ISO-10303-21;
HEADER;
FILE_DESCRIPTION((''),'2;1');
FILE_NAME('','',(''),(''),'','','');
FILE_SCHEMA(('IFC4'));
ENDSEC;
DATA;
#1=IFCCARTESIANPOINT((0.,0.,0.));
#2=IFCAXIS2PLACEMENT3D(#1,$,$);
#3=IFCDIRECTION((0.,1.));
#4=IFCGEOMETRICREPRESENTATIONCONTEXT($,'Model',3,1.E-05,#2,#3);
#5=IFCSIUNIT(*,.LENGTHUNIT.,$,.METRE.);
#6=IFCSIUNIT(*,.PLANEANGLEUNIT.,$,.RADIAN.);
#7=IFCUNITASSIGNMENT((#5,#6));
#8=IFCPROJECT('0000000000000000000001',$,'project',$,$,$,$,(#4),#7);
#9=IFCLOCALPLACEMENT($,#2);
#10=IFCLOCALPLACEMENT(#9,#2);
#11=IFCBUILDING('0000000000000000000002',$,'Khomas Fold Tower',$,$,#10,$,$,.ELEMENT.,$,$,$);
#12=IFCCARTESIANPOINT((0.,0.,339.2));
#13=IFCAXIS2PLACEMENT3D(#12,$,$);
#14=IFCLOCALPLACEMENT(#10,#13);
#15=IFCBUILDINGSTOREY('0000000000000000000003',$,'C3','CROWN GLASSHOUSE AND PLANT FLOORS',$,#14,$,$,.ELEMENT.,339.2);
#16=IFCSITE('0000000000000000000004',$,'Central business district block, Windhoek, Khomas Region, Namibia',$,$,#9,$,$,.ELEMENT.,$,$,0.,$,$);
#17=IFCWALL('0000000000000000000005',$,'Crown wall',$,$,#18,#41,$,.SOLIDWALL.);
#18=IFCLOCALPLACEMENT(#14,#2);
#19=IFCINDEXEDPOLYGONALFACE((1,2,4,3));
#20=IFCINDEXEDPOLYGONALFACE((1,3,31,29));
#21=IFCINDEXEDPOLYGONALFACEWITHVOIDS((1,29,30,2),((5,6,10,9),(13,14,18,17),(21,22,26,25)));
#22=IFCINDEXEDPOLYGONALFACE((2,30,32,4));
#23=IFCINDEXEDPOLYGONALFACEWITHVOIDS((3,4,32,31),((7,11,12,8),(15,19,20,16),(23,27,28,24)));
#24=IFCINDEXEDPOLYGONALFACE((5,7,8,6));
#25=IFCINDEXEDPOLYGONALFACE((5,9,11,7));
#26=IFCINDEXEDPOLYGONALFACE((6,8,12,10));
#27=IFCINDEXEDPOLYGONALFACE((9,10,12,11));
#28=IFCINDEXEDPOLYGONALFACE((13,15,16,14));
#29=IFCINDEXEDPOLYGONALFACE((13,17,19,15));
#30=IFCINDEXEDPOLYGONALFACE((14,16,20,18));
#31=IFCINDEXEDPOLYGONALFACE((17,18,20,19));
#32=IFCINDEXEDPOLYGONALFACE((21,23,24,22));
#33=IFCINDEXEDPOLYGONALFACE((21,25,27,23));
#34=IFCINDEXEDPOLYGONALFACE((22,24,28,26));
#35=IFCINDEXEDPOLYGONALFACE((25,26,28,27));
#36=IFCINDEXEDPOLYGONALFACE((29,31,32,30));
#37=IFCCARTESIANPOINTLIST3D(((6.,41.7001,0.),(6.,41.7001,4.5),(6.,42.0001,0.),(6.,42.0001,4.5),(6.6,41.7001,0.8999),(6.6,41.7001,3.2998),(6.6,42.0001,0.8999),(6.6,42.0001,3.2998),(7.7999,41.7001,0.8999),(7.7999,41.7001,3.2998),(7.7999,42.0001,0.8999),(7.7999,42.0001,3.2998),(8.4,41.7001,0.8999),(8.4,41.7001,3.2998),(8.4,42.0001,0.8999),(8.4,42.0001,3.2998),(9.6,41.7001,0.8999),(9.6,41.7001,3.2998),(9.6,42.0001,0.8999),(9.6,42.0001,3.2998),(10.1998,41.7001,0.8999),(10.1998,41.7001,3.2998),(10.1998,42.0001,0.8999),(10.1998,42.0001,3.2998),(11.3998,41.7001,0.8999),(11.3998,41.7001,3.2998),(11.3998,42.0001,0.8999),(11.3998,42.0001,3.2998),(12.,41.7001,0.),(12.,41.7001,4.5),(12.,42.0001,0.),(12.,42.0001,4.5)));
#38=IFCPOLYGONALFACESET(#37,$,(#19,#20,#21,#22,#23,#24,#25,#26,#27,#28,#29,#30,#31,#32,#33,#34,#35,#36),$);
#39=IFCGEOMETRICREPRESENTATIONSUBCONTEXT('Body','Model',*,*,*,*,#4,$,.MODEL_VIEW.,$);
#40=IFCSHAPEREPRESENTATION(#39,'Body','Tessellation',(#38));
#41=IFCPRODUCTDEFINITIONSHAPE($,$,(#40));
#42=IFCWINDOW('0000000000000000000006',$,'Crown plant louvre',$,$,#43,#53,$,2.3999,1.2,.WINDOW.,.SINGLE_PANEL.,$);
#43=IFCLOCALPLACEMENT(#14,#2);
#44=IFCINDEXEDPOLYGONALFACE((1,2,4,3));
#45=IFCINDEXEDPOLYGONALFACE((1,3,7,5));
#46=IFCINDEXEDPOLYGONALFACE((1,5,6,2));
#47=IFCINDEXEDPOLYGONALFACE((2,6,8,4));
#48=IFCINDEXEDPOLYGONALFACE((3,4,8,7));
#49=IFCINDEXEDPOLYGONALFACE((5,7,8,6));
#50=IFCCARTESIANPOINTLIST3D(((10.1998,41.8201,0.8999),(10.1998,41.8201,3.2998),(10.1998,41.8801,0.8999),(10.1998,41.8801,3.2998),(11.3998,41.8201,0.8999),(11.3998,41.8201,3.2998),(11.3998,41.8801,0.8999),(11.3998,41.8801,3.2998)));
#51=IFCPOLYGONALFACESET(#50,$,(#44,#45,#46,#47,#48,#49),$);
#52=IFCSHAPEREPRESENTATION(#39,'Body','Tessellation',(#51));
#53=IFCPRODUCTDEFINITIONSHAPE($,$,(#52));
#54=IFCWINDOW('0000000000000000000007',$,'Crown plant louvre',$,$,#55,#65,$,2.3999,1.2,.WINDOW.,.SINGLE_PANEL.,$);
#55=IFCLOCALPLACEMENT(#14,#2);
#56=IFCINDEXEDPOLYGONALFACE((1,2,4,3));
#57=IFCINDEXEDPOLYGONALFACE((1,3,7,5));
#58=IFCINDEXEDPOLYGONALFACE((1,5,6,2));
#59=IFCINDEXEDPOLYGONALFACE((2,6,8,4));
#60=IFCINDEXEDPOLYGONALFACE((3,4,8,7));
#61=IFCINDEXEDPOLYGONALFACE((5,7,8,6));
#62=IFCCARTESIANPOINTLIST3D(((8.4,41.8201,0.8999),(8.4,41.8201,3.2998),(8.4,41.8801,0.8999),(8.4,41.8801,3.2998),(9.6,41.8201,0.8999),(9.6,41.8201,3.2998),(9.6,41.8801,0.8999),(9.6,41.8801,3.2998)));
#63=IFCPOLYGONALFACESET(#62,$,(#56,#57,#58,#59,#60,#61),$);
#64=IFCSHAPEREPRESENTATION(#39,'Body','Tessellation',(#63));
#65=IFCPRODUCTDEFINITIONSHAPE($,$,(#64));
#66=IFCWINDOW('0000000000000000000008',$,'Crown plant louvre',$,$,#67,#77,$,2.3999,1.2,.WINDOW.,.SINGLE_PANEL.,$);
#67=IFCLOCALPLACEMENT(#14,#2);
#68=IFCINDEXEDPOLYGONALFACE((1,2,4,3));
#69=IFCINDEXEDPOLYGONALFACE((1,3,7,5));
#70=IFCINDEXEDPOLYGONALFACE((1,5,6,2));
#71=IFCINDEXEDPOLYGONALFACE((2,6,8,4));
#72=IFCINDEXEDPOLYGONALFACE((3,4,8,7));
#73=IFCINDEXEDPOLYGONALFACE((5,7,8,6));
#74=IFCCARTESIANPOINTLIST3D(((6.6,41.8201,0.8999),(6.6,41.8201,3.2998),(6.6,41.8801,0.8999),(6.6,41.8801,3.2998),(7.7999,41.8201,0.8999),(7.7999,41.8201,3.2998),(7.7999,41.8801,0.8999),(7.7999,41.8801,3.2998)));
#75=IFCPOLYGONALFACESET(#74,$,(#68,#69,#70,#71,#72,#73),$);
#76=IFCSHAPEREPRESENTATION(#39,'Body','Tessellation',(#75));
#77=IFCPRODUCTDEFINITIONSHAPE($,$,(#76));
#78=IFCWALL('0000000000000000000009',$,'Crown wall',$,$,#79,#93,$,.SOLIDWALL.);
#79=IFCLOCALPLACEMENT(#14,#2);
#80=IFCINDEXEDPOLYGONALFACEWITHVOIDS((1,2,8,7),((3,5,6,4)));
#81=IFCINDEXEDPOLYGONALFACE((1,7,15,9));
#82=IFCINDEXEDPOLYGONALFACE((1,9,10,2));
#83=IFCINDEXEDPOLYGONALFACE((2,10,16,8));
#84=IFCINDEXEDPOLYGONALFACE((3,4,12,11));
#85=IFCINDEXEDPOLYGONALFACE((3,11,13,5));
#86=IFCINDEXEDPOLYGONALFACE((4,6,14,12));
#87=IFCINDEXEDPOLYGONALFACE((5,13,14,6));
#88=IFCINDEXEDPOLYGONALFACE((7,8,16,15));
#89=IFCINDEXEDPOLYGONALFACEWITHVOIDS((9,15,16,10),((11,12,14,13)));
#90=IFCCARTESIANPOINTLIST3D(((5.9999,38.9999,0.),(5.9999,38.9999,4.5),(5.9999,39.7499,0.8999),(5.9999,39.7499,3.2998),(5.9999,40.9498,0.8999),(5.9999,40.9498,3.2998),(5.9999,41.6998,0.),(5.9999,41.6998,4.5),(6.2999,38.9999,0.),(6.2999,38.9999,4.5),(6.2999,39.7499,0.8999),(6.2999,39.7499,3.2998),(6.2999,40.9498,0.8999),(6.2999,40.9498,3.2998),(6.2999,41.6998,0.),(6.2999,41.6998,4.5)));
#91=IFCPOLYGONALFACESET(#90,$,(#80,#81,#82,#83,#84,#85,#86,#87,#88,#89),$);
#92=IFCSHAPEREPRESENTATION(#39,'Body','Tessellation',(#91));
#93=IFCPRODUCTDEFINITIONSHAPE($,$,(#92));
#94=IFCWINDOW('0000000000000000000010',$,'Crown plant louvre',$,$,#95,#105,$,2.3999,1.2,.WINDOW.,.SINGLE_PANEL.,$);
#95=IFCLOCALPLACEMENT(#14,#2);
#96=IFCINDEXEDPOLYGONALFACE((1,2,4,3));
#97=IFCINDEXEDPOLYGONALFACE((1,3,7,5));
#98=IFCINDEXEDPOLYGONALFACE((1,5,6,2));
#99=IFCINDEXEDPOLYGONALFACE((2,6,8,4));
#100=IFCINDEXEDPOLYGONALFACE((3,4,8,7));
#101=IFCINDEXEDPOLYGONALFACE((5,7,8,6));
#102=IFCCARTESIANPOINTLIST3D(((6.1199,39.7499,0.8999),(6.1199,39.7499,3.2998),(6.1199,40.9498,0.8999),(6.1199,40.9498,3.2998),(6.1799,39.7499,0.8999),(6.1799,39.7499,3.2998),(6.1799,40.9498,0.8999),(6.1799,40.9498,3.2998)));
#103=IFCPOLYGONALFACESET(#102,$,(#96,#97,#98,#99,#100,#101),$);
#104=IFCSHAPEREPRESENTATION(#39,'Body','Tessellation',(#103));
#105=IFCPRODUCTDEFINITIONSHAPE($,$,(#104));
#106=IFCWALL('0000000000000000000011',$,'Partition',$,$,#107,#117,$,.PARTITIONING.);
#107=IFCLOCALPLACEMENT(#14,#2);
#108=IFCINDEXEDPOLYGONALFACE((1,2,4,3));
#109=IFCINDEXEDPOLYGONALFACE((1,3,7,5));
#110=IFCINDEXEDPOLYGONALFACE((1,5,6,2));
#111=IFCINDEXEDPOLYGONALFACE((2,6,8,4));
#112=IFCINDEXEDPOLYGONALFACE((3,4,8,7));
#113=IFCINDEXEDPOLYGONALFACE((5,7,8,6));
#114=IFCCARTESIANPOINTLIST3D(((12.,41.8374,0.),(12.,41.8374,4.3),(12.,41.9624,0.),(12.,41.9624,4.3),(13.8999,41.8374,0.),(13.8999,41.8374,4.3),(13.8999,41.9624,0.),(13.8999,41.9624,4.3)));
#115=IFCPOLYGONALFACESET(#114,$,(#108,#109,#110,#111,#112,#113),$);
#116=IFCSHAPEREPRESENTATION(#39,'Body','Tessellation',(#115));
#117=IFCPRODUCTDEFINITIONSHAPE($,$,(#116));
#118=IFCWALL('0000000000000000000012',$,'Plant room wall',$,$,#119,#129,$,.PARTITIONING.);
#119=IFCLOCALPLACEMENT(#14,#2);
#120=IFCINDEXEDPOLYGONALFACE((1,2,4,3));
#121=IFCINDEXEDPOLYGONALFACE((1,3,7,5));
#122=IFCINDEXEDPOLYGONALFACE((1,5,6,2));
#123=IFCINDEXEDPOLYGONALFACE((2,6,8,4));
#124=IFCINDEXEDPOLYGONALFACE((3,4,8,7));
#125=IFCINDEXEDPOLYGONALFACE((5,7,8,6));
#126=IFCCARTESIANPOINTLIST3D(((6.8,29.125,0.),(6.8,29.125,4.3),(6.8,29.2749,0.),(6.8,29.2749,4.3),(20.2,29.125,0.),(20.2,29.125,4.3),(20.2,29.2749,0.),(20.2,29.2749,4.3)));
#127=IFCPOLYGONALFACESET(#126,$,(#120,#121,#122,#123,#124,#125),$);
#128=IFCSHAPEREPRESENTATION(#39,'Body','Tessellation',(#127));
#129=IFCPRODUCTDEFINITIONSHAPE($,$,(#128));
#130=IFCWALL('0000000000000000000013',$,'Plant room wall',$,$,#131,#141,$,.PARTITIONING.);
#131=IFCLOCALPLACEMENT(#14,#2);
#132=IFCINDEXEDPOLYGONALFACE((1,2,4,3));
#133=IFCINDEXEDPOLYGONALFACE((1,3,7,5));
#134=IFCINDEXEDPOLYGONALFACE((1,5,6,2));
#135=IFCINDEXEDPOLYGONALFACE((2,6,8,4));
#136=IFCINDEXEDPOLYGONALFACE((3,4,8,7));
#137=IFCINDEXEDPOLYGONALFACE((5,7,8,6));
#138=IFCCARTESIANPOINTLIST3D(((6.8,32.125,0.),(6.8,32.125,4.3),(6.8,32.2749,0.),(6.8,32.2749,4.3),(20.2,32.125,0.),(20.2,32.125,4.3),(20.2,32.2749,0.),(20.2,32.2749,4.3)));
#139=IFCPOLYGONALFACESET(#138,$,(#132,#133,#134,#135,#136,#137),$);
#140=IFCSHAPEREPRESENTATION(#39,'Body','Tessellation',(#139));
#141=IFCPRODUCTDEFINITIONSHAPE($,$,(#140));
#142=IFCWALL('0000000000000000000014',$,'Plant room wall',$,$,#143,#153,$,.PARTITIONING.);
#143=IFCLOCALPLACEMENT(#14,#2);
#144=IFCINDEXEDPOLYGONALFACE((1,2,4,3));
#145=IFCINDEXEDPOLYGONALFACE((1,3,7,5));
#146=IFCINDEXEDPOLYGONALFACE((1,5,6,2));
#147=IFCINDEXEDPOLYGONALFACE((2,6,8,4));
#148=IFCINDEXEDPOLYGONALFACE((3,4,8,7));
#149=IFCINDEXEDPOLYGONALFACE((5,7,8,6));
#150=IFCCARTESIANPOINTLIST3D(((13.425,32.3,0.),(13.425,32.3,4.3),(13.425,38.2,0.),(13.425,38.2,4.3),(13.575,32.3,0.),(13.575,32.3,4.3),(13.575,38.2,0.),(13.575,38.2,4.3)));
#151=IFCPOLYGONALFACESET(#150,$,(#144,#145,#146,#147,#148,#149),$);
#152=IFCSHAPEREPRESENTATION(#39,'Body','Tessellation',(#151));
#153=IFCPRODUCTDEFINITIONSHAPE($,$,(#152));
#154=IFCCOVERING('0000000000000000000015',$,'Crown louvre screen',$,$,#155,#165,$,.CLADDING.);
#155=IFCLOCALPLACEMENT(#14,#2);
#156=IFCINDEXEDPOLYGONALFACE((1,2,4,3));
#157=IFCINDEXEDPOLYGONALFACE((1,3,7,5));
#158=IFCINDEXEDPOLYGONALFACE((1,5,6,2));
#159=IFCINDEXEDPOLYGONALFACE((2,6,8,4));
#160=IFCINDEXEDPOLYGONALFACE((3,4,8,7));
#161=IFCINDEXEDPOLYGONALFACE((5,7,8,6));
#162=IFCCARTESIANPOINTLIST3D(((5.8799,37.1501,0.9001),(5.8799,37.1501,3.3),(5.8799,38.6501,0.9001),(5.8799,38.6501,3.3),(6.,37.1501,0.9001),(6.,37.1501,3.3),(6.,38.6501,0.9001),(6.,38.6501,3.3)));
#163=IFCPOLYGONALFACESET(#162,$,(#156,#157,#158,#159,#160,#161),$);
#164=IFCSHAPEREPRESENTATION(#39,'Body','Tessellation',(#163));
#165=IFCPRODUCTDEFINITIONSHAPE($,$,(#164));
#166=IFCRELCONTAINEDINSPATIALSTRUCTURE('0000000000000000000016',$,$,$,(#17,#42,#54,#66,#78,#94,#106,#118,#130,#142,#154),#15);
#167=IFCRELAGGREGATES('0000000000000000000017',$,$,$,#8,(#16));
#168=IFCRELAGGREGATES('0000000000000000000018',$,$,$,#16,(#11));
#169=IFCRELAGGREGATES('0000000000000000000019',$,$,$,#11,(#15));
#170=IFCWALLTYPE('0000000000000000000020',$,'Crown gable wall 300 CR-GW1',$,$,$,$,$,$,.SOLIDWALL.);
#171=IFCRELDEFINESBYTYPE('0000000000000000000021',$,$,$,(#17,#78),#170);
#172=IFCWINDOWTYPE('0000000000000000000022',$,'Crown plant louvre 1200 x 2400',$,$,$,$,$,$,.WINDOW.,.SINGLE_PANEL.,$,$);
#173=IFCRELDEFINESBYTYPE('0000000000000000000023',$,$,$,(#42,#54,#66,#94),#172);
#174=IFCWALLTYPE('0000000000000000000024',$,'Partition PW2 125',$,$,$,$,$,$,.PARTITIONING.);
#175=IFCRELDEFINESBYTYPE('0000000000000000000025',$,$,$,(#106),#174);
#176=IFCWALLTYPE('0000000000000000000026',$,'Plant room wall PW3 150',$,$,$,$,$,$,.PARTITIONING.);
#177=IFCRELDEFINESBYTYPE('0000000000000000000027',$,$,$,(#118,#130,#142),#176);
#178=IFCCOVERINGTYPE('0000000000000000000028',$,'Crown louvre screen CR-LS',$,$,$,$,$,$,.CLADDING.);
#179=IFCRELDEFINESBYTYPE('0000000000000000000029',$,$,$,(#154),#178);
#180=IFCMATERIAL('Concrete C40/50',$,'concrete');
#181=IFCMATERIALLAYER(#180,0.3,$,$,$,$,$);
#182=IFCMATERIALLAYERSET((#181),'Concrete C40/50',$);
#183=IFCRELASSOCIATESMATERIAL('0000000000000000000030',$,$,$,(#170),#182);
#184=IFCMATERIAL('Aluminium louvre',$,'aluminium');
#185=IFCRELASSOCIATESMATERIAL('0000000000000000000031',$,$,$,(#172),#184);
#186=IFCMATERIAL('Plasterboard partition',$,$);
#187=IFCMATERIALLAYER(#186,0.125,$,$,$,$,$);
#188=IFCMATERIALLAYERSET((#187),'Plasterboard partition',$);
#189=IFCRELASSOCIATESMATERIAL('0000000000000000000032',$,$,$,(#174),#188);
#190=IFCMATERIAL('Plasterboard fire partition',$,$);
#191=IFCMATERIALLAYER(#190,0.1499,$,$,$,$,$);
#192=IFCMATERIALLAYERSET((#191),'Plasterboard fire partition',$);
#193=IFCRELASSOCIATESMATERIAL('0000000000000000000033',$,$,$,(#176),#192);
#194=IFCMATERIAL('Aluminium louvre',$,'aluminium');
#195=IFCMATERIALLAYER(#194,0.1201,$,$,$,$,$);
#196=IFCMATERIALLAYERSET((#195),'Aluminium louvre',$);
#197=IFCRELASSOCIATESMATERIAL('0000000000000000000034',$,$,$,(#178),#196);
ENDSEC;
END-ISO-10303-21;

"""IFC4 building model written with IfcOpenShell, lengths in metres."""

from ifc_helpers import new_model, si_unit, direction, frame, frame_2d, origin, origin_2d, place, context, subcontext, project, spatial, rectangle, extrude, source, transform, mapped, material, layer, layer_set, type_object, element, fill, save


model = new_model("IFC4")

# Units and contexts
model_context = context("Model", 3, precision=1e-05, world=origin(), true_north=direction((0.0, 1.0)))
body_context = subcontext(model_context, "Body", "Model", "MODEL_VIEW")
ifc_project = project(units=[si_unit("LENGTHUNIT", "METRE"), si_unit("PLANEANGLEUNIT", "RADIAN")], contexts=[model_context])

# Site, building, storey
site_placement = place(None, origin())
site = spatial("IfcSite", under=ifc_project, at=site_placement, Name="Central business district block, Windhoek, Khomas Region, Namibia", CompositionType="ELEMENT", RefElevation=0.0)
building_placement = place(site_placement, origin())
building = spatial("IfcBuilding", under=site, at=building_placement, Name="Khomas Fold Tower", CompositionType="ELEMENT")
storey_placement = place(building_placement, frame((0.0, 0.0, 339.2)))
storey = spatial("IfcBuildingStorey", under=building, at=storey_placement, Name="C3", Description="CROWN GLASSHOUSE AND PLANT FLOORS", CompositionType="ELEMENT", Elevation=339.2)

# Wall, openings, windows
ifc_material_1 = material(Name="Concrete C40/50", Category="concrete")
ifc_layer_1 = layer(ifc_material_1, 0.3)
ifc_layer_set_1 = layer_set([ifc_layer_1], Name="Concrete C40/50")
wall_type_1 = type_object("IfcWallType", Name="Crown gable wall 300 CR-GW1", PredefinedType="SOLIDWALL", material=ifc_layer_set_1)
shared_shape_1 = source(origin(), body_context, "Body", "SweptSolid", [
    extrude(rectangle(XDim=6.0, YDim=0.3, at=frame_2d((3.0, 0.0))), origin(), (0.0, 0.0, 1.0), 4.5),
])
wall_1_placement = place(storey_placement, frame((12.0, 41.8501, 0.0), z_axis=(0.0, 0.0, 1.0), x_axis=(-1.0, 0.0, 0.0)))
wall_1 = element("IfcWall", 1, at=wall_1_placement, inside=storey, type_object=wall_type_1, Name="Crown wall", PredefinedType="SOLIDWALL", context=body_context, shape_type="MappedRepresentation", body=[
    mapped(shared_shape_1, transform((0.0, 0.0, 0.0))),
])
shared_shape_2 = source(origin(), body_context, "Body", "SweptSolid", [
    extrude(rectangle(XDim=1.2, YDim=2.3999, at=frame_2d((0.6001, 1.2))), frame((0.0, 0.1599, 0.0), z_axis=(0.0, -1.0, 0.0), x_axis=(1.0, 0.0, 0.0)), (0.0, 0.0, 1.0), 0.3201),
])
opening_1_placement = place(wall_1_placement, frame((0.6001, 0.0, 0.8999)))
opening_1 = element("IfcOpeningElement", 2, at=opening_1_placement, cuts=wall_1, PredefinedType="OPENING", context=body_context, shape_type="MappedRepresentation", body=[
    mapped(shared_shape_2, transform((0.0, 0.0, 0.0))),
])
opening_2_placement = place(wall_1_placement, frame((2.3999, 0.0, 0.8999)))
opening_2 = element("IfcOpeningElement", 3, at=opening_2_placement, cuts=wall_1, PredefinedType="OPENING", context=body_context, shape_type="MappedRepresentation", body=[
    mapped(shared_shape_2, transform((0.0, 0.0, 0.0))),
])
opening_3_placement = place(wall_1_placement, frame((4.2, 0.0, 0.8999)))
opening_3 = element("IfcOpeningElement", 4, at=opening_3_placement, cuts=wall_1, PredefinedType="OPENING", context=body_context, shape_type="MappedRepresentation", body=[
    mapped(shared_shape_2, transform((0.0, 0.0, 0.0))),
])
ifc_material_2 = material(Name="Aluminium louvre", Category="aluminium")
window_type = type_object("IfcWindowType", Name="Crown plant louvre 1200 x 2400", PartitioningType="SINGLE_PANEL", PredefinedType="WINDOW", material=ifc_material_2)
shared_shape_3 = source(origin(), body_context, "Body", "SweptSolid", [
    extrude(rectangle(XDim=1.2, YDim=2.3999, at=frame_2d((0.6001, 1.2))), frame((0.0, 0.03, 0.0), z_axis=(0.0, -1.0, 0.0), x_axis=(1.0, 0.0, 0.0)), (0.0, 0.0, 1.0), 0.0601),
])
window_1_placement = place(opening_1_placement, origin())
window_1 = element("IfcWindow", 5, at=window_1_placement, inside=storey, type_object=window_type, Name="Crown plant louvre", OverallHeight=2.3999, OverallWidth=1.2, PartitioningType="SINGLE_PANEL", PredefinedType="WINDOW", context=body_context, shape_type="MappedRepresentation", body=[
    mapped(shared_shape_3, transform((0.0, 0.0, 0.0))),
])
fill(opening_1, window_1)
window_2_placement = place(opening_2_placement, origin())
window_2 = element("IfcWindow", 6, at=window_2_placement, inside=storey, type_object=window_type, Name="Crown plant louvre", OverallHeight=2.3999, OverallWidth=1.2, PartitioningType="SINGLE_PANEL", PredefinedType="WINDOW", context=body_context, shape_type="MappedRepresentation", body=[
    mapped(shared_shape_3, transform((0.0, 0.0, 0.0))),
])
fill(opening_2, window_2)
window_3_placement = place(opening_3_placement, origin())
window_3 = element("IfcWindow", 7, at=window_3_placement, inside=storey, type_object=window_type, Name="Crown plant louvre", OverallHeight=2.3999, OverallWidth=1.2, PartitioningType="SINGLE_PANEL", PredefinedType="WINDOW", context=body_context, shape_type="MappedRepresentation", body=[
    mapped(shared_shape_3, transform((0.0, 0.0, 0.0))),
])
fill(opening_3, window_3)

# Wall, opening, window
shared_shape_4 = source(origin(), body_context, "Body", "SweptSolid", [
    extrude(rectangle(XDim=2.7, YDim=0.3, at=frame_2d((1.3501, 0.0))), origin(), (0.0, 0.0, 1.0), 4.5),
])
wall_2_placement = place(storey_placement, frame((6.1499, 41.7, 0.0), z_axis=(0.0, 0.0, 1.0), x_axis=(0.0, -1.0, 0.0)))
wall_2 = element("IfcWall", 8, at=wall_2_placement, inside=storey, type_object=wall_type_1, Name="Crown wall", PredefinedType="SOLIDWALL", context=body_context, shape_type="MappedRepresentation", body=[
    mapped(shared_shape_4, transform((0.0, 0.0, 0.0))),
])
opening_4_placement = place(wall_2_placement, frame((0.75, 0.0, 0.8999)))
opening_4 = element("IfcOpeningElement", 9, at=opening_4_placement, cuts=wall_2, PredefinedType="OPENING", context=body_context, shape_type="MappedRepresentation", body=[
    mapped(shared_shape_2, transform((0.0, 0.0, 0.0))),
])
window_4_placement = place(opening_4_placement, origin())
window_4 = element("IfcWindow", 10, at=window_4_placement, inside=storey, type_object=window_type, Name="Crown plant louvre", OverallHeight=2.3999, OverallWidth=1.2, PartitioningType="SINGLE_PANEL", PredefinedType="WINDOW", context=body_context, shape_type="MappedRepresentation", body=[
    mapped(shared_shape_3, transform((0.0, 0.0, 0.0))),
])
fill(opening_4, window_4)

# Walls
ifc_material_3 = material(Name="Plasterboard partition")
ifc_layer_2 = layer(ifc_material_3, 0.125)
ifc_layer_set_2 = layer_set([ifc_layer_2], Name="Plasterboard partition")
wall_type_2 = type_object("IfcWallType", Name="Partition PW2 125", PredefinedType="PARTITIONING", material=ifc_layer_set_2)
shared_shape_5 = source(origin(), body_context, "Body", "SweptSolid", [
    extrude(rectangle(XDim=1.8999, YDim=0.125, at=frame_2d((0.95, 0.0))), origin(), (0.0, 0.0, 1.0), 4.3),
])
wall_3_placement = place(storey_placement, frame((12.0, 41.8999, 0.0), z_axis=(0.0, 0.0, 1.0), x_axis=(1.0, 0.0, 0.0)))
element("IfcWall", 11, at=wall_3_placement, inside=storey, type_object=wall_type_2, Name="Partition", PredefinedType="PARTITIONING", context=body_context, shape_type="MappedRepresentation", body=[
    mapped(shared_shape_5, transform((0.0, 0.0, 0.0))),
])
ifc_material_4 = material(Name="Plasterboard fire partition")
ifc_layer_3 = layer(ifc_material_4, 0.1499)
ifc_layer_set_3 = layer_set([ifc_layer_3], Name="Plasterboard fire partition")
wall_type_3 = type_object("IfcWallType", Name="Plant room wall PW3 150", PredefinedType="PARTITIONING", material=ifc_layer_set_3)
shared_shape_6 = source(origin(), body_context, "Body", "SweptSolid", [
    extrude(rectangle(XDim=13.3999, YDim=0.1499, at=frame_2d((6.7, 0.0))), origin(), (0.0, 0.0, 1.0), 4.3),
])
for number, where, z_axis, x_axis, name in (
    (12, (6.8, 29.2, 0.0), (0.0, 0.0, 1.0), (1.0, 0.0, 0.0), "Plant room wall"),
    (13, (6.8, 32.2, 0.0), (0.0, 0.0, 1.0), (1.0, 0.0, 0.0), "Plant room wall"),
):
    element("IfcWall", number, at=place(storey_placement, frame(where, z_axis=z_axis, x_axis=x_axis)), inside=storey, type_object=wall_type_3, Name=name, PredefinedType="PARTITIONING", context=body_context, shape_type="MappedRepresentation", body=[
        mapped(shared_shape_6, transform((0.0, 0.0, 0.0))),
    ])
shared_shape_7 = source(origin(), body_context, "Body", "SweptSolid", [
    extrude(rectangle(XDim=5.8999, YDim=0.1499, at=frame_2d((2.95, 0.0))), origin(), (0.0, 0.0, 1.0), 4.3),
])
wall_4_placement = place(storey_placement, frame((13.5, 32.3, 0.0), z_axis=(0.0, 0.0, 1.0), x_axis=(0.0, 1.0, 0.0)))
element("IfcWall", 14, at=wall_4_placement, inside=storey, type_object=wall_type_3, Name="Plant room wall", PredefinedType="PARTITIONING", context=body_context, shape_type="MappedRepresentation", body=[
    mapped(shared_shape_7, transform((0.0, 0.0, 0.0))),
])

# Covering
ifc_material_5 = material(Name="Aluminium louvre", Category="aluminium")
ifc_layer_4 = layer(ifc_material_5, 0.1201)
ifc_layer_set_4 = layer_set([ifc_layer_4], Name="Aluminium louvre")
covering_type = type_object("IfcCoveringType", Name="Crown louvre screen CR-LS", PredefinedType="CLADDING", material=ifc_layer_set_4)
shared_shape_8 = source(origin(), body_context, "Body", "SweptSolid", [
    extrude(rectangle(XDim=1.5, YDim=0.1201, at=origin_2d()), origin(), (0.0, 0.0, 1.0), 2.3999),
])
for number, where, z_axis, x_axis, name in (
    (15, (5.9399, 37.9001, 0.9001), (0.0, 0.0, 1.0), (0.0, -1.0, 0.0), "Crown louvre screen"),
):
    element("IfcCovering", number, at=place(storey_placement, frame(where, z_axis=z_axis, x_axis=x_axis)), inside=storey, type_object=covering_type, Name=name, PredefinedType="CLADDING", context=body_context, shape_type="MappedRepresentation", body=[
        mapped(shared_shape_8, transform((0.0, 0.0, 0.0))),
    ])

save(model, "model.ifc")
